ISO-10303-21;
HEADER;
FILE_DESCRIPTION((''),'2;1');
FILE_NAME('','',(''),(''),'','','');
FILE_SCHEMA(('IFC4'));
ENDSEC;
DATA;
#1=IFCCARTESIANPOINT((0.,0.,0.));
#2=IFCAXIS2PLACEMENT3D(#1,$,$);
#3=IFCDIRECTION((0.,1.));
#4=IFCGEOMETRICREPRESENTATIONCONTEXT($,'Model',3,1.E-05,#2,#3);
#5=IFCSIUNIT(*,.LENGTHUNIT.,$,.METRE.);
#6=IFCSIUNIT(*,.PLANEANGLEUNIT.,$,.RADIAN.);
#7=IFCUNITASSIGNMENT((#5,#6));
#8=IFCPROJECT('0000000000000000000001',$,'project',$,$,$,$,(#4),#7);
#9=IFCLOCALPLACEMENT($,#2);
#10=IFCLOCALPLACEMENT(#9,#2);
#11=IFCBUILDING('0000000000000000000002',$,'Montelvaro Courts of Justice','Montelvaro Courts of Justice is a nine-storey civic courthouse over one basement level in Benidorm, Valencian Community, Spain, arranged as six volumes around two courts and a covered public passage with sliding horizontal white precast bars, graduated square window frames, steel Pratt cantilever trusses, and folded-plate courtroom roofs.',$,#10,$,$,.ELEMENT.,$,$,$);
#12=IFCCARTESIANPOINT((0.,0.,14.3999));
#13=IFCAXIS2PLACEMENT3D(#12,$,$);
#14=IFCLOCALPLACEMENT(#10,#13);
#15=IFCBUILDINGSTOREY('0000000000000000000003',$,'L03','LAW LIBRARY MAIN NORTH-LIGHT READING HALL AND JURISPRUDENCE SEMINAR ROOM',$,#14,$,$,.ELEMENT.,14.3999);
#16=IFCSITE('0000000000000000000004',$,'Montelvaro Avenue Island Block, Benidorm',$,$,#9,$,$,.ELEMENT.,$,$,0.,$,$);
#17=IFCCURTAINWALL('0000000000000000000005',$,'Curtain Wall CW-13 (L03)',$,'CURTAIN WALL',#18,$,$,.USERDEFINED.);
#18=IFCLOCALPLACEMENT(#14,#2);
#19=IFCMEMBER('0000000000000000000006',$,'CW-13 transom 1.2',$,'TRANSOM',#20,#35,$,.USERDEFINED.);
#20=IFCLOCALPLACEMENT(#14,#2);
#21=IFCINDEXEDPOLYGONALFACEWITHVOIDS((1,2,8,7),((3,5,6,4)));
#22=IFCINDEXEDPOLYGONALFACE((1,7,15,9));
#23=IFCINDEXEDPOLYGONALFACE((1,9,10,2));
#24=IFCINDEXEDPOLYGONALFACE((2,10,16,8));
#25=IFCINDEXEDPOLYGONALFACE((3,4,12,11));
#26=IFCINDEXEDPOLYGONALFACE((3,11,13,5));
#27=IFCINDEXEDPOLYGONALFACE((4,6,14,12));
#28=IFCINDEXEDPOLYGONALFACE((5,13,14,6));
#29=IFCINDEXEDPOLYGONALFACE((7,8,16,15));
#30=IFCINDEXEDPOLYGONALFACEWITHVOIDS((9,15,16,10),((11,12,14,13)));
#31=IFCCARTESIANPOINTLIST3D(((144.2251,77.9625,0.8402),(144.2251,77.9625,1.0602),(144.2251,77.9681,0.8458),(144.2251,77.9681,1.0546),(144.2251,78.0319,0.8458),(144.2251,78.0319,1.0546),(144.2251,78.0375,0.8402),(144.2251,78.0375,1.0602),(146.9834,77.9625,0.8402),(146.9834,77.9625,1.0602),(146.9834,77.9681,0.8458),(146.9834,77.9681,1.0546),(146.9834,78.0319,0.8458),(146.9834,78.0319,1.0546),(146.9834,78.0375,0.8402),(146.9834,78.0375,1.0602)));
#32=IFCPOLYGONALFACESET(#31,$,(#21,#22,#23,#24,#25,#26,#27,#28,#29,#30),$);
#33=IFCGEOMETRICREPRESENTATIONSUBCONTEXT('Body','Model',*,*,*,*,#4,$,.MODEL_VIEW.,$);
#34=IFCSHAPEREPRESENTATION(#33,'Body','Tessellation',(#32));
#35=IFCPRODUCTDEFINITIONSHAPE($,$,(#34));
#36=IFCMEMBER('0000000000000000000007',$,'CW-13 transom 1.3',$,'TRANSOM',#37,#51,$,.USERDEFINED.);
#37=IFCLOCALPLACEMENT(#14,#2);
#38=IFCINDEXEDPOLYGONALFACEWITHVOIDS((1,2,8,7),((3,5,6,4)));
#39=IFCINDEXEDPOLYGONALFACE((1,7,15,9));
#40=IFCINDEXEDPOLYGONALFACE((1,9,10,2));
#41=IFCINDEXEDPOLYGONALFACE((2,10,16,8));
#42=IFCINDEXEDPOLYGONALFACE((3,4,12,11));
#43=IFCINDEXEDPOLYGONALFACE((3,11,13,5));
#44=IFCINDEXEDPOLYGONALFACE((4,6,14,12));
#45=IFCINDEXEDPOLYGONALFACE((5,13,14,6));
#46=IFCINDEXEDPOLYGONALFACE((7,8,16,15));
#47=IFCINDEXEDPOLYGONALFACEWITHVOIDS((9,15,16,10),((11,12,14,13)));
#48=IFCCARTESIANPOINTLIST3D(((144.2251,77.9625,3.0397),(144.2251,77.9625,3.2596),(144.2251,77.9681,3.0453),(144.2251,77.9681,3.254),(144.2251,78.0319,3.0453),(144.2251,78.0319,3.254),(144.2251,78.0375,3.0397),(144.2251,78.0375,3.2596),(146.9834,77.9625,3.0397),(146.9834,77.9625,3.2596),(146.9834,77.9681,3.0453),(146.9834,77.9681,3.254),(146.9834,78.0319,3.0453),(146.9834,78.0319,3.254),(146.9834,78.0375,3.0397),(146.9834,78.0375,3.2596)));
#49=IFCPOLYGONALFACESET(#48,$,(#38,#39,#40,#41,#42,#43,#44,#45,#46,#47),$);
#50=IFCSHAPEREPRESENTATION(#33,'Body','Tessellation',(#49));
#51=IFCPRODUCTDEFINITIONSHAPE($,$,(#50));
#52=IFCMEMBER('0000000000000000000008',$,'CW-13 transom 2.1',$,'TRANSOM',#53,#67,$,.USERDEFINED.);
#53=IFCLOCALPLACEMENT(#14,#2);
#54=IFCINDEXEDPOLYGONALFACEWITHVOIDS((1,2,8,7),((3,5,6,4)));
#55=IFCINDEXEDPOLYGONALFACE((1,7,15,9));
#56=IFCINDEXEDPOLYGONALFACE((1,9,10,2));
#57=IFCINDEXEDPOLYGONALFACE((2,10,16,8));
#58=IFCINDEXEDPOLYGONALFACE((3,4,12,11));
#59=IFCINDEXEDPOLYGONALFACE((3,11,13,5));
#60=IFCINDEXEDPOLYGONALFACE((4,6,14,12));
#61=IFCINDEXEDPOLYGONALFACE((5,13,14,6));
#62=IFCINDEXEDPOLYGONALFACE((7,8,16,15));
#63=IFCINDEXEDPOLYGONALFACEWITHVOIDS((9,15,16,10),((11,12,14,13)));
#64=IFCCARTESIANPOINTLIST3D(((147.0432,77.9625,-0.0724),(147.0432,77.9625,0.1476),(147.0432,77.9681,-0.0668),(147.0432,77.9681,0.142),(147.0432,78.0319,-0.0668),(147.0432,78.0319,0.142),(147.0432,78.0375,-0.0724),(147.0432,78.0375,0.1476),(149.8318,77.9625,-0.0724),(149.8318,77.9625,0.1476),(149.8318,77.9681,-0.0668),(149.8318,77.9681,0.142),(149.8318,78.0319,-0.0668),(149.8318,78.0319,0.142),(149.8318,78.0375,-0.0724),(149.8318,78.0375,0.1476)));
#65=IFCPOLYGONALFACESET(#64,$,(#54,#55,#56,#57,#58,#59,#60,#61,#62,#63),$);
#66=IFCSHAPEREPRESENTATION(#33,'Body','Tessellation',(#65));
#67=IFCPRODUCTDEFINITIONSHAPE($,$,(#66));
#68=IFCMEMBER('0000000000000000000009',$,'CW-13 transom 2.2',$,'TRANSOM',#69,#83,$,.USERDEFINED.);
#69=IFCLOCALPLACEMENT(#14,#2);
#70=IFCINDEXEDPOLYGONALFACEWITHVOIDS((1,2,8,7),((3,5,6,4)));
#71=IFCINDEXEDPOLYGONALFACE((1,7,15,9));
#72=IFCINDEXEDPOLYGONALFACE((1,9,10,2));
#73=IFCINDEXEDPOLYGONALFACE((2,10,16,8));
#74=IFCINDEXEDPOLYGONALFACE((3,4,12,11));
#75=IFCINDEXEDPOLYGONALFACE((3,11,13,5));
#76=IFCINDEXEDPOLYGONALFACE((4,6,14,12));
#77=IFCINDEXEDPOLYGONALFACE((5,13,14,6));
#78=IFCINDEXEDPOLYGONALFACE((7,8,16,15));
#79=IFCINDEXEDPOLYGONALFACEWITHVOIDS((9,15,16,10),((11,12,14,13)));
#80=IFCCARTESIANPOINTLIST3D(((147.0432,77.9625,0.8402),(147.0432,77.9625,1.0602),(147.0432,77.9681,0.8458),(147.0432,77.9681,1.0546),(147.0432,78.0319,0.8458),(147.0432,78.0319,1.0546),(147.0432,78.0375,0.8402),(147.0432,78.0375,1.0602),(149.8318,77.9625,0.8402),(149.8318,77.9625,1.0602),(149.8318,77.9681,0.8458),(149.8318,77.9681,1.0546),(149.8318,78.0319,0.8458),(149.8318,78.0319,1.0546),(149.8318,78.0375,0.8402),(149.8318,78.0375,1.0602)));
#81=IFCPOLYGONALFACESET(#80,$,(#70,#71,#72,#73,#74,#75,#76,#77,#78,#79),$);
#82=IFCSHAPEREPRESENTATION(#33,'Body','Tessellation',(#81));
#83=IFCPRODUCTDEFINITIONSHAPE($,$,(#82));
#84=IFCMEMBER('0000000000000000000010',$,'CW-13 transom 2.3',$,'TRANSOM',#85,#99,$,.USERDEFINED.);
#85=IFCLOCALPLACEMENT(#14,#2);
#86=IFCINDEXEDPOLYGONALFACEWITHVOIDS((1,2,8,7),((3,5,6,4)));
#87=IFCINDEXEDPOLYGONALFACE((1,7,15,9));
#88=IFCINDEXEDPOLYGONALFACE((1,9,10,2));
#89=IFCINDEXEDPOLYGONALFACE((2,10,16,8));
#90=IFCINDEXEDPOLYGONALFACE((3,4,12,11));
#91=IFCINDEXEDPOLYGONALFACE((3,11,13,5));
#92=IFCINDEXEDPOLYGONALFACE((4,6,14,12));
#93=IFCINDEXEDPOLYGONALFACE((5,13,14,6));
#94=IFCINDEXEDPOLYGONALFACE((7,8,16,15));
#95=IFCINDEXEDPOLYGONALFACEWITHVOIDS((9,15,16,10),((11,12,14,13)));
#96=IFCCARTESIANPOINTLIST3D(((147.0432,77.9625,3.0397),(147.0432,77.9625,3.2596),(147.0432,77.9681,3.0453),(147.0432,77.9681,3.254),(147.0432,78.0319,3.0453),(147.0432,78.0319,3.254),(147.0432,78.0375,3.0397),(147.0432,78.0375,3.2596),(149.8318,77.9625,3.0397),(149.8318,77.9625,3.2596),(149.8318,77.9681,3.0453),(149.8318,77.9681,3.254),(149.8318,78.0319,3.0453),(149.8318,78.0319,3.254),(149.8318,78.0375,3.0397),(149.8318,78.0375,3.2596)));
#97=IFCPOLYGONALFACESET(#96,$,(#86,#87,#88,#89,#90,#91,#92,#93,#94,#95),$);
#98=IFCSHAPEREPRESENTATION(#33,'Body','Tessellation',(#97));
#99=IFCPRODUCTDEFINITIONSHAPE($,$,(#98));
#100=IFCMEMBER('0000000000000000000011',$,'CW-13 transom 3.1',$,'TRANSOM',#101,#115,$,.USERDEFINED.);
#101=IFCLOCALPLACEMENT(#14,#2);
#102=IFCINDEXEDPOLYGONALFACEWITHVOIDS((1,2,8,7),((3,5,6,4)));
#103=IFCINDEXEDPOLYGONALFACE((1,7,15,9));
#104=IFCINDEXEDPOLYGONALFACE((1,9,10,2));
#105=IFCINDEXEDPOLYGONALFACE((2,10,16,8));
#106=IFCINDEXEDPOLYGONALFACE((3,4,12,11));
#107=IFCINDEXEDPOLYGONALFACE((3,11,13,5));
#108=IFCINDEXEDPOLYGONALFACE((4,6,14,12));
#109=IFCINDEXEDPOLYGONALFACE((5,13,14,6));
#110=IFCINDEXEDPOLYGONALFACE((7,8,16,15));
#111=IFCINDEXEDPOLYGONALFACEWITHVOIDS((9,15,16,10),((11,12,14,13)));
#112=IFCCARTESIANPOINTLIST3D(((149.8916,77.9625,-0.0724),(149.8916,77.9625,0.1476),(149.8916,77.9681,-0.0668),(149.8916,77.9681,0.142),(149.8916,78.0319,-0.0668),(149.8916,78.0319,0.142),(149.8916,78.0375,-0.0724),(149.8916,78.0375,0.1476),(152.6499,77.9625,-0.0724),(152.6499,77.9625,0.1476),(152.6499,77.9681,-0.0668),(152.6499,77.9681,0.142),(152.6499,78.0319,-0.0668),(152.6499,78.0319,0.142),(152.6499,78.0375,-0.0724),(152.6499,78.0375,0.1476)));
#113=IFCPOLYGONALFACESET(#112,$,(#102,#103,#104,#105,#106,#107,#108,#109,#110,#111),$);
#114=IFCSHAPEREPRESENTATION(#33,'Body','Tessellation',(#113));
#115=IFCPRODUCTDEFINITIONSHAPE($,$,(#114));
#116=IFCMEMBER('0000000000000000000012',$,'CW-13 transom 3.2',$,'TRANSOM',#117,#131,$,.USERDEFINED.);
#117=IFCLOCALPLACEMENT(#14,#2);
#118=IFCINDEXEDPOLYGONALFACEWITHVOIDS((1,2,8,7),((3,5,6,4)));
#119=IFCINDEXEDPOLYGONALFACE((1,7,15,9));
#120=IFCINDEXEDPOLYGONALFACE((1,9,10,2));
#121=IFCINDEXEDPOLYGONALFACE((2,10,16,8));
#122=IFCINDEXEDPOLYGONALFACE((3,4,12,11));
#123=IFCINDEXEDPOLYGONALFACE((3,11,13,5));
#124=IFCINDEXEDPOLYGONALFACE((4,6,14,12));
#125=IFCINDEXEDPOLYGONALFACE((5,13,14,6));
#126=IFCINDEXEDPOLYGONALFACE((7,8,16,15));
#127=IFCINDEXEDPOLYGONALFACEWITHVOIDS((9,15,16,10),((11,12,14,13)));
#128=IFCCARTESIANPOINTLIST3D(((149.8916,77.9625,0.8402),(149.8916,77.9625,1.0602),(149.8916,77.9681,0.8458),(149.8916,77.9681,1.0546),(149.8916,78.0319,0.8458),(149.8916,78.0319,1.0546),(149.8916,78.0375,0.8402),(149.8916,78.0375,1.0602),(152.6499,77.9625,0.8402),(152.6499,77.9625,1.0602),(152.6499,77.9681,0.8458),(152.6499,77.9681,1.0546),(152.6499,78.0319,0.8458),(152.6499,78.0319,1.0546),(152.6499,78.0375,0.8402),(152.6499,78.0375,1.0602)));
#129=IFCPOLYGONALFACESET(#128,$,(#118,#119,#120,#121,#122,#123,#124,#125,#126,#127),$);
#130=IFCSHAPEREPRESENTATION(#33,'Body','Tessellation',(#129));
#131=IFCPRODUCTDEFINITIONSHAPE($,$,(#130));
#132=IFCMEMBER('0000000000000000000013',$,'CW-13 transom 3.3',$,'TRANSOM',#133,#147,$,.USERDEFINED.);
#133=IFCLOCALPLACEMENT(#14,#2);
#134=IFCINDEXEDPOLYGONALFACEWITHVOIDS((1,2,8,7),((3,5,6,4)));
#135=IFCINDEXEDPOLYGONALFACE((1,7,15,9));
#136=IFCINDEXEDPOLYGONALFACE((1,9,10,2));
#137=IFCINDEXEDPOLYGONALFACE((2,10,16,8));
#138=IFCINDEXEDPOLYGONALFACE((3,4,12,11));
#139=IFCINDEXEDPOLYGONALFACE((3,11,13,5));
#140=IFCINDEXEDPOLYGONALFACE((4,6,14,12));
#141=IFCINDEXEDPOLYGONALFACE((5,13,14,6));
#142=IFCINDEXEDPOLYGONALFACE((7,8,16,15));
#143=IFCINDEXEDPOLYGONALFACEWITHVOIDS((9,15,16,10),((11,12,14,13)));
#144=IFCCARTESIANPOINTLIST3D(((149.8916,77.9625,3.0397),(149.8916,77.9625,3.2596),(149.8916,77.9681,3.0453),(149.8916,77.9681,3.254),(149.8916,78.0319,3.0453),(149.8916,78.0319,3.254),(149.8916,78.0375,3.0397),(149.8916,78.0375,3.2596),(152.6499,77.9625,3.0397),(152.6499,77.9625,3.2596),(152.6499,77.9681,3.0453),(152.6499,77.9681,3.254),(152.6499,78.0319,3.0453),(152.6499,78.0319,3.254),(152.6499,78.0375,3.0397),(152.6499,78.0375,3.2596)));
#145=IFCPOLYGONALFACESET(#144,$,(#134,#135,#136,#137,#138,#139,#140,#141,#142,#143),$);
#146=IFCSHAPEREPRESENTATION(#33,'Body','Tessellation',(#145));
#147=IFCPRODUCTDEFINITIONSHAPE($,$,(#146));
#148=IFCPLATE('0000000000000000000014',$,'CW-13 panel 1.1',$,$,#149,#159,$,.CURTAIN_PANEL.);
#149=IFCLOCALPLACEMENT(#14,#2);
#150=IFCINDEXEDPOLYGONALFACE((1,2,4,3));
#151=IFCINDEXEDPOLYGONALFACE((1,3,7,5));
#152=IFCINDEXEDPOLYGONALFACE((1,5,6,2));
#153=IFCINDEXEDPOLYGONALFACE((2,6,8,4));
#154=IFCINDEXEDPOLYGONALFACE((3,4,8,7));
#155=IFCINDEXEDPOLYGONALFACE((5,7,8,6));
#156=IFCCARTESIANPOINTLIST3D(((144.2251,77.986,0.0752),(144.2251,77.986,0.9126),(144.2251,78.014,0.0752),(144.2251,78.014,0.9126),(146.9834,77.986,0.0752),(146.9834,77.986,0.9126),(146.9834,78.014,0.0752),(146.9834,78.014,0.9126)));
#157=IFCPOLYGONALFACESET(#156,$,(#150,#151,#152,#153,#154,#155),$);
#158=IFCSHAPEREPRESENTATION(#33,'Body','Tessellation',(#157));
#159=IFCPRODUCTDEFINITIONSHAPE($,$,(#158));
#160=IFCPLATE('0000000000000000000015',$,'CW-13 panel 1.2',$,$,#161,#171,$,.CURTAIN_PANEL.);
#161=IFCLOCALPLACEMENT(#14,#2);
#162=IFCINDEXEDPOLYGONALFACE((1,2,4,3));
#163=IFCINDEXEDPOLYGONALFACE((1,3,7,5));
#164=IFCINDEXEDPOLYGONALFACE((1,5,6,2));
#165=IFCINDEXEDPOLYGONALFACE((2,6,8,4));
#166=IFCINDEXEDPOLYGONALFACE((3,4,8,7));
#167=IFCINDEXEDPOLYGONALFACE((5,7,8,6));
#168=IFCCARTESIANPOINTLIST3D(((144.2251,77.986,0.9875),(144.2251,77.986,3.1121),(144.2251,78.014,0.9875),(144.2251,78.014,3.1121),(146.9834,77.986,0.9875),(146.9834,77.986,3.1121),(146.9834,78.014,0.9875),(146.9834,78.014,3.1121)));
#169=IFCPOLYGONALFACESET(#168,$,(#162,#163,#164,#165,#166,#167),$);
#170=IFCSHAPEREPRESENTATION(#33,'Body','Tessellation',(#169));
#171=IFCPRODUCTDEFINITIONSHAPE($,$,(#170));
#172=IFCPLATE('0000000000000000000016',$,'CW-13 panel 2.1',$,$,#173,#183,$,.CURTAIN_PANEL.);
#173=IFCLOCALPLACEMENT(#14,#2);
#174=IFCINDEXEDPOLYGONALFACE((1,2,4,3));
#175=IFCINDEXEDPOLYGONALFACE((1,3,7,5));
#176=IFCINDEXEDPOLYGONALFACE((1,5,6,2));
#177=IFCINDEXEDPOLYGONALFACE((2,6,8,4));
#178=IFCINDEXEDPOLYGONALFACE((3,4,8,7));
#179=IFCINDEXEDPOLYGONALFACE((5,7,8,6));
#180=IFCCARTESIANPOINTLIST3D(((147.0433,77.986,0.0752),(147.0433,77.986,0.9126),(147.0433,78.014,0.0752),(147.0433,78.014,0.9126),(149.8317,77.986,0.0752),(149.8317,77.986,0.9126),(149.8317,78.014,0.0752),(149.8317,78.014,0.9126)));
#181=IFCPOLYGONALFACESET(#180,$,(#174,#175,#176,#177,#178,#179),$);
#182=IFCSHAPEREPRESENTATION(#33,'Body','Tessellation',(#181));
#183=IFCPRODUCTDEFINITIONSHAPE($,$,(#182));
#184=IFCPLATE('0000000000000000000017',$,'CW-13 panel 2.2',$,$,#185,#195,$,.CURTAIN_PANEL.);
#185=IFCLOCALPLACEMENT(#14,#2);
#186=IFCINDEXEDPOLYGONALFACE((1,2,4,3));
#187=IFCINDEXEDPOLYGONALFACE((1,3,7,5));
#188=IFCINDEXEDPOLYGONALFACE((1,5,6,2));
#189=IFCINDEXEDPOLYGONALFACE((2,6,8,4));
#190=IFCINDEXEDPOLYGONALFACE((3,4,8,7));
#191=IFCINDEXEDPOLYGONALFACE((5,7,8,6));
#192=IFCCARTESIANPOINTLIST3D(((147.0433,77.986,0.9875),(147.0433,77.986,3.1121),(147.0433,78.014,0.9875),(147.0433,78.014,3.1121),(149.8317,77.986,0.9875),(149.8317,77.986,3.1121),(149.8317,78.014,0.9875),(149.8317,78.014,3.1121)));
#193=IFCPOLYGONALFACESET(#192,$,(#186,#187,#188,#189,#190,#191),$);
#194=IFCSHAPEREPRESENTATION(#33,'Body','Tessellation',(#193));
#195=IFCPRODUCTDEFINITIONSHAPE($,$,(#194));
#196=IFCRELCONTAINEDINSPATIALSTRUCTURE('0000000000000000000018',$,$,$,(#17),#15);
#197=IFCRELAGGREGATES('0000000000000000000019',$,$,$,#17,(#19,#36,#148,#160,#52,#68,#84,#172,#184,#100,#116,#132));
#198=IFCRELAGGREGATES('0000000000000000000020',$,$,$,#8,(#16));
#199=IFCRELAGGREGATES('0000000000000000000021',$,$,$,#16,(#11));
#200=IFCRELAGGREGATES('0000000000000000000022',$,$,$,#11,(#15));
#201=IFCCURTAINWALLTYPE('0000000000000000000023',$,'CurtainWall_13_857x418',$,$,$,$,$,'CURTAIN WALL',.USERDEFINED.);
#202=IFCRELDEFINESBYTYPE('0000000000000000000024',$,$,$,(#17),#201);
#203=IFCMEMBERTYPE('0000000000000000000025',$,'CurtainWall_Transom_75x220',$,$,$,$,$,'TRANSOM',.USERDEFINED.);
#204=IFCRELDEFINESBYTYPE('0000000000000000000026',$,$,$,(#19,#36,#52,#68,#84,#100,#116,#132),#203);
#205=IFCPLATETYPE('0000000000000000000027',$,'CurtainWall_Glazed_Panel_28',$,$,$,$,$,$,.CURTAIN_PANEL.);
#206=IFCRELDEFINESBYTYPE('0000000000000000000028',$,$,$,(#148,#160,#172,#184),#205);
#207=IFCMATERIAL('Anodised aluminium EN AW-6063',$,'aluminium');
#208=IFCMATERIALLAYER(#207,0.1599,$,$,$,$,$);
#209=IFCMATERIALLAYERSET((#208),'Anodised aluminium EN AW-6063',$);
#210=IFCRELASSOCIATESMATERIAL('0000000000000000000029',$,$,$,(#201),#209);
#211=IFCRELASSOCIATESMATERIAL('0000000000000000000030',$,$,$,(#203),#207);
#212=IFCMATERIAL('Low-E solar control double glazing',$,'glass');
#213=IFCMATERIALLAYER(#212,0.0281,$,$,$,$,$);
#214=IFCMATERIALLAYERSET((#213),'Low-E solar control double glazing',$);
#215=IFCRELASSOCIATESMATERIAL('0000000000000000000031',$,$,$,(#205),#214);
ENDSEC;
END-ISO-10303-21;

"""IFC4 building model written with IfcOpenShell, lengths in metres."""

from ifc_helpers import new_model, si_unit, direction, frame, origin, origin_2d, place, context, subcontext, project, spatial, rectangle, hollow_rectangle, extrude, material, layer, layer_set, material_profile, profile_set, type_object, element, aggregate, save


model = new_model("IFC4")

# Units and contexts
model_context = context("Model", 3, precision=1e-05, world=origin(), true_north=direction((0.0, 1.0)))
body_context = subcontext(model_context, "Body", "Model", "MODEL_VIEW")
ifc_project = project(units=[si_unit("LENGTHUNIT", "METRE"), si_unit("PLANEANGLEUNIT", "RADIAN")], contexts=[model_context])

# Site, building, storey
site_placement = place(None, origin())
site = spatial("IfcSite", under=ifc_project, at=site_placement, Name="Montelvaro Avenue Island Block, Benidorm", CompositionType="ELEMENT", RefElevation=0.0)
building_placement = place(site_placement, origin())
building = spatial("IfcBuilding", under=site, at=building_placement, Name="Montelvaro Courts of Justice", Description="Montelvaro Courts of Justice is a nine-storey civic courthouse over one basement level in Benidorm, Valencian Community, Spain, arranged as six volumes around two courts and a covered public passage with sliding horizontal white precast bars, graduated square window frames, steel Pratt cantilever trusses, and folded-plate courtroom roofs.", CompositionType="ELEMENT")
storey_placement = place(building_placement, frame((0.0, 0.0, 14.3999)))
storey = spatial("IfcBuildingStorey", under=building, at=storey_placement, Name="L03", Description="LAW LIBRARY MAIN NORTH-LIGHT READING HALL AND JURISPRUDENCE SEMINAR ROOM", CompositionType="ELEMENT", Elevation=14.3999)

# Curtain wall
ifc_material_1 = material(Name="Anodised aluminium EN AW-6063", Category="aluminium")
ifc_layer_1 = layer(ifc_material_1, 0.1599)
ifc_layer_set_1 = layer_set([ifc_layer_1], Name="Anodised aluminium EN AW-6063")
curtain_wall_type_1 = type_object("IfcCurtainWallType", Name="CurtainWall_13_857x418", ElementType="CURTAIN WALL", PredefinedType="USERDEFINED", material=ifc_layer_set_1)
curtain_wall_1_placement = place(storey_placement, origin())
curtain_wall_1 = element("IfcCurtainWall", 1, at=curtain_wall_1_placement, inside=storey, type_object=curtain_wall_type_1, Name="Curtain Wall CW-13 (L03)", ObjectType="CURTAIN WALL", PredefinedType="USERDEFINED")

# Members
ifc_material_profile_1 = material_profile(ifc_material_1, hollow_rectangle(XDim=0.075, YDim=0.22, WallThickness=0.0056, at=origin_2d()), Name="ALU-T 75x220")
ifc_profile_set_1 = profile_set([ifc_material_profile_1], Name="Anodised aluminium EN AW-6063")
member_type_1 = type_object("IfcMemberType", Name="CurtainWall_Transom_75x220", ElementType="TRANSOM", PredefinedType="USERDEFINED", material=ifc_profile_set_1)
member_1_placement = place(storey_placement, frame((144.2251, 78.0, 0.9502), z_axis=(1.0, 0.0, 0.0), x_axis=(0.0, 1.0, 0.0)))
member_1 = element("IfcMember", 2, at=member_1_placement, type_object=member_type_1, Name="CW-13 transom 1.2", ObjectType="TRANSOM", PredefinedType="USERDEFINED", context=body_context, shape_type="SweptSolid", body=[
    extrude(hollow_rectangle(XDim=0.075, YDim=0.22, WallThickness=0.0056, at=origin_2d()), origin(), (0.0, 0.0, 1.0), 2.7583),
])
member_2_placement = place(storey_placement, frame((144.2251, 78.0, 3.1497), z_axis=(1.0, 0.0, 0.0), x_axis=(0.0, 1.0, 0.0)))
member_2 = element("IfcMember", 3, at=member_2_placement, type_object=member_type_1, Name="CW-13 transom 1.3", ObjectType="TRANSOM", PredefinedType="USERDEFINED", context=body_context, shape_type="SweptSolid", body=[
    extrude(hollow_rectangle(XDim=0.075, YDim=0.22, WallThickness=0.0056, at=origin_2d()), origin(), (0.0, 0.0, 1.0), 2.7583),
])
member_3_placement = place(storey_placement, frame((147.0432, 78.0, 0.0376), z_axis=(1.0, 0.0, 0.0), x_axis=(0.0, 1.0, 0.0)))
member_3 = element("IfcMember", 4, at=member_3_placement, type_object=member_type_1, Name="CW-13 transom 2.1", ObjectType="TRANSOM", PredefinedType="USERDEFINED", context=body_context, shape_type="SweptSolid", body=[
    extrude(hollow_rectangle(XDim=0.075, YDim=0.22, WallThickness=0.0056, at=origin_2d()), origin(), (0.0, 0.0, 1.0), 2.7886),
])
member_4_placement = place(storey_placement, frame((147.0432, 78.0, 0.9502), z_axis=(1.0, 0.0, 0.0), x_axis=(0.0, 1.0, 0.0)))
member_4 = element("IfcMember", 5, at=member_4_placement, type_object=member_type_1, Name="CW-13 transom 2.2", ObjectType="TRANSOM", PredefinedType="USERDEFINED", context=body_context, shape_type="SweptSolid", body=[
    extrude(hollow_rectangle(XDim=0.075, YDim=0.22, WallThickness=0.0056, at=origin_2d()), origin(), (0.0, 0.0, 1.0), 2.7886),
])
member_5_placement = place(storey_placement, frame((147.0432, 78.0, 3.1497), z_axis=(1.0, 0.0, 0.0), x_axis=(0.0, 1.0, 0.0)))
member_5 = element("IfcMember", 6, at=member_5_placement, type_object=member_type_1, Name="CW-13 transom 2.3", ObjectType="TRANSOM", PredefinedType="USERDEFINED", context=body_context, shape_type="SweptSolid", body=[
    extrude(hollow_rectangle(XDim=0.075, YDim=0.22, WallThickness=0.0056, at=origin_2d()), origin(), (0.0, 0.0, 1.0), 2.7886),
])
member_6_placement = place(storey_placement, frame((149.8916, 78.0, 0.0376), z_axis=(1.0, 0.0, 0.0), x_axis=(0.0, 1.0, 0.0)))
member_6 = element("IfcMember", 7, at=member_6_placement, type_object=member_type_1, Name="CW-13 transom 3.1", ObjectType="TRANSOM", PredefinedType="USERDEFINED", context=body_context, shape_type="SweptSolid", body=[
    extrude(hollow_rectangle(XDim=0.075, YDim=0.22, WallThickness=0.0056, at=origin_2d()), origin(), (0.0, 0.0, 1.0), 2.7583),
])
member_7_placement = place(storey_placement, frame((149.8916, 78.0, 0.9502), z_axis=(1.0, 0.0, 0.0), x_axis=(0.0, 1.0, 0.0)))
member_7 = element("IfcMember", 8, at=member_7_placement, type_object=member_type_1, Name="CW-13 transom 3.2", ObjectType="TRANSOM", PredefinedType="USERDEFINED", context=body_context, shape_type="SweptSolid", body=[
    extrude(hollow_rectangle(XDim=0.075, YDim=0.22, WallThickness=0.0056, at=origin_2d()), origin(), (0.0, 0.0, 1.0), 2.7583),
])
member_8_placement = place(storey_placement, frame((149.8916, 78.0, 3.1497), z_axis=(1.0, 0.0, 0.0), x_axis=(0.0, 1.0, 0.0)))
member_8 = element("IfcMember", 9, at=member_8_placement, type_object=member_type_1, Name="CW-13 transom 3.3", ObjectType="TRANSOM", PredefinedType="USERDEFINED", context=body_context, shape_type="SweptSolid", body=[
    extrude(hollow_rectangle(XDim=0.075, YDim=0.22, WallThickness=0.0056, at=origin_2d()), origin(), (0.0, 0.0, 1.0), 2.7583),
])

# Plates
ifc_material_2 = material(Name="Low-E solar control double glazing", Category="glass")
ifc_layer_2 = layer(ifc_material_2, 0.0281)
ifc_layer_set_2 = layer_set([ifc_layer_2], Name="Low-E solar control double glazing")
plate_type = type_object("IfcPlateType", Name="CurtainWall_Glazed_Panel_28", PredefinedType="CURTAIN_PANEL", material=ifc_layer_set_2)
plate_1_placement = place(storey_placement, frame((145.6042, 78.0, 0.0752), z_axis=(0.0, 0.0, 1.0), x_axis=(1.0, 0.0, 0.0)))
plate_1 = element("IfcPlate", 10, at=plate_1_placement, type_object=plate_type, Name="CW-13 panel 1.1", PredefinedType="CURTAIN_PANEL", context=body_context, shape_type="SweptSolid", body=[
    extrude(rectangle(XDim=2.7583, YDim=0.0281, at=origin_2d()), origin(), (0.0, 0.0, 1.0), 0.8374),
])
plate_2_placement = place(storey_placement, frame((145.6042, 78.0, 0.9875), z_axis=(0.0, 0.0, 1.0), x_axis=(1.0, 0.0, 0.0)))
plate_2 = element("IfcPlate", 11, at=plate_2_placement, type_object=plate_type, Name="CW-13 panel 1.2", PredefinedType="CURTAIN_PANEL", context=body_context, shape_type="SweptSolid", body=[
    extrude(rectangle(XDim=2.7583, YDim=0.0281, at=origin_2d()), origin(), (0.0, 0.0, 1.0), 2.1245),
])
plate_3_placement = place(storey_placement, frame((148.4375, 78.0, 0.0752), z_axis=(0.0, 0.0, 1.0), x_axis=(1.0, 0.0, 0.0)))
plate_3 = element("IfcPlate", 12, at=plate_3_placement, type_object=plate_type, Name="CW-13 panel 2.1", PredefinedType="CURTAIN_PANEL", context=body_context, shape_type="SweptSolid", body=[
    extrude(rectangle(XDim=2.7883, YDim=0.0281, at=origin_2d()), origin(), (0.0, 0.0, 1.0), 0.8374),
])
plate_4_placement = place(storey_placement, frame((148.4375, 78.0, 0.9875), z_axis=(0.0, 0.0, 1.0), x_axis=(1.0, 0.0, 0.0)))
plate_4 = element("IfcPlate", 13, at=plate_4_placement, type_object=plate_type, Name="CW-13 panel 2.2", PredefinedType="CURTAIN_PANEL", context=body_context, shape_type="SweptSolid", body=[
    extrude(rectangle(XDim=2.7883, YDim=0.0281, at=origin_2d()), origin(), (0.0, 0.0, 1.0), 2.1245),
])
aggregate(curtain_wall_1, [member_1, member_2, plate_1, plate_2, member_3, member_4, member_5, plate_3, plate_4, member_6, member_7, member_8])

save(model, "model.ifc")
